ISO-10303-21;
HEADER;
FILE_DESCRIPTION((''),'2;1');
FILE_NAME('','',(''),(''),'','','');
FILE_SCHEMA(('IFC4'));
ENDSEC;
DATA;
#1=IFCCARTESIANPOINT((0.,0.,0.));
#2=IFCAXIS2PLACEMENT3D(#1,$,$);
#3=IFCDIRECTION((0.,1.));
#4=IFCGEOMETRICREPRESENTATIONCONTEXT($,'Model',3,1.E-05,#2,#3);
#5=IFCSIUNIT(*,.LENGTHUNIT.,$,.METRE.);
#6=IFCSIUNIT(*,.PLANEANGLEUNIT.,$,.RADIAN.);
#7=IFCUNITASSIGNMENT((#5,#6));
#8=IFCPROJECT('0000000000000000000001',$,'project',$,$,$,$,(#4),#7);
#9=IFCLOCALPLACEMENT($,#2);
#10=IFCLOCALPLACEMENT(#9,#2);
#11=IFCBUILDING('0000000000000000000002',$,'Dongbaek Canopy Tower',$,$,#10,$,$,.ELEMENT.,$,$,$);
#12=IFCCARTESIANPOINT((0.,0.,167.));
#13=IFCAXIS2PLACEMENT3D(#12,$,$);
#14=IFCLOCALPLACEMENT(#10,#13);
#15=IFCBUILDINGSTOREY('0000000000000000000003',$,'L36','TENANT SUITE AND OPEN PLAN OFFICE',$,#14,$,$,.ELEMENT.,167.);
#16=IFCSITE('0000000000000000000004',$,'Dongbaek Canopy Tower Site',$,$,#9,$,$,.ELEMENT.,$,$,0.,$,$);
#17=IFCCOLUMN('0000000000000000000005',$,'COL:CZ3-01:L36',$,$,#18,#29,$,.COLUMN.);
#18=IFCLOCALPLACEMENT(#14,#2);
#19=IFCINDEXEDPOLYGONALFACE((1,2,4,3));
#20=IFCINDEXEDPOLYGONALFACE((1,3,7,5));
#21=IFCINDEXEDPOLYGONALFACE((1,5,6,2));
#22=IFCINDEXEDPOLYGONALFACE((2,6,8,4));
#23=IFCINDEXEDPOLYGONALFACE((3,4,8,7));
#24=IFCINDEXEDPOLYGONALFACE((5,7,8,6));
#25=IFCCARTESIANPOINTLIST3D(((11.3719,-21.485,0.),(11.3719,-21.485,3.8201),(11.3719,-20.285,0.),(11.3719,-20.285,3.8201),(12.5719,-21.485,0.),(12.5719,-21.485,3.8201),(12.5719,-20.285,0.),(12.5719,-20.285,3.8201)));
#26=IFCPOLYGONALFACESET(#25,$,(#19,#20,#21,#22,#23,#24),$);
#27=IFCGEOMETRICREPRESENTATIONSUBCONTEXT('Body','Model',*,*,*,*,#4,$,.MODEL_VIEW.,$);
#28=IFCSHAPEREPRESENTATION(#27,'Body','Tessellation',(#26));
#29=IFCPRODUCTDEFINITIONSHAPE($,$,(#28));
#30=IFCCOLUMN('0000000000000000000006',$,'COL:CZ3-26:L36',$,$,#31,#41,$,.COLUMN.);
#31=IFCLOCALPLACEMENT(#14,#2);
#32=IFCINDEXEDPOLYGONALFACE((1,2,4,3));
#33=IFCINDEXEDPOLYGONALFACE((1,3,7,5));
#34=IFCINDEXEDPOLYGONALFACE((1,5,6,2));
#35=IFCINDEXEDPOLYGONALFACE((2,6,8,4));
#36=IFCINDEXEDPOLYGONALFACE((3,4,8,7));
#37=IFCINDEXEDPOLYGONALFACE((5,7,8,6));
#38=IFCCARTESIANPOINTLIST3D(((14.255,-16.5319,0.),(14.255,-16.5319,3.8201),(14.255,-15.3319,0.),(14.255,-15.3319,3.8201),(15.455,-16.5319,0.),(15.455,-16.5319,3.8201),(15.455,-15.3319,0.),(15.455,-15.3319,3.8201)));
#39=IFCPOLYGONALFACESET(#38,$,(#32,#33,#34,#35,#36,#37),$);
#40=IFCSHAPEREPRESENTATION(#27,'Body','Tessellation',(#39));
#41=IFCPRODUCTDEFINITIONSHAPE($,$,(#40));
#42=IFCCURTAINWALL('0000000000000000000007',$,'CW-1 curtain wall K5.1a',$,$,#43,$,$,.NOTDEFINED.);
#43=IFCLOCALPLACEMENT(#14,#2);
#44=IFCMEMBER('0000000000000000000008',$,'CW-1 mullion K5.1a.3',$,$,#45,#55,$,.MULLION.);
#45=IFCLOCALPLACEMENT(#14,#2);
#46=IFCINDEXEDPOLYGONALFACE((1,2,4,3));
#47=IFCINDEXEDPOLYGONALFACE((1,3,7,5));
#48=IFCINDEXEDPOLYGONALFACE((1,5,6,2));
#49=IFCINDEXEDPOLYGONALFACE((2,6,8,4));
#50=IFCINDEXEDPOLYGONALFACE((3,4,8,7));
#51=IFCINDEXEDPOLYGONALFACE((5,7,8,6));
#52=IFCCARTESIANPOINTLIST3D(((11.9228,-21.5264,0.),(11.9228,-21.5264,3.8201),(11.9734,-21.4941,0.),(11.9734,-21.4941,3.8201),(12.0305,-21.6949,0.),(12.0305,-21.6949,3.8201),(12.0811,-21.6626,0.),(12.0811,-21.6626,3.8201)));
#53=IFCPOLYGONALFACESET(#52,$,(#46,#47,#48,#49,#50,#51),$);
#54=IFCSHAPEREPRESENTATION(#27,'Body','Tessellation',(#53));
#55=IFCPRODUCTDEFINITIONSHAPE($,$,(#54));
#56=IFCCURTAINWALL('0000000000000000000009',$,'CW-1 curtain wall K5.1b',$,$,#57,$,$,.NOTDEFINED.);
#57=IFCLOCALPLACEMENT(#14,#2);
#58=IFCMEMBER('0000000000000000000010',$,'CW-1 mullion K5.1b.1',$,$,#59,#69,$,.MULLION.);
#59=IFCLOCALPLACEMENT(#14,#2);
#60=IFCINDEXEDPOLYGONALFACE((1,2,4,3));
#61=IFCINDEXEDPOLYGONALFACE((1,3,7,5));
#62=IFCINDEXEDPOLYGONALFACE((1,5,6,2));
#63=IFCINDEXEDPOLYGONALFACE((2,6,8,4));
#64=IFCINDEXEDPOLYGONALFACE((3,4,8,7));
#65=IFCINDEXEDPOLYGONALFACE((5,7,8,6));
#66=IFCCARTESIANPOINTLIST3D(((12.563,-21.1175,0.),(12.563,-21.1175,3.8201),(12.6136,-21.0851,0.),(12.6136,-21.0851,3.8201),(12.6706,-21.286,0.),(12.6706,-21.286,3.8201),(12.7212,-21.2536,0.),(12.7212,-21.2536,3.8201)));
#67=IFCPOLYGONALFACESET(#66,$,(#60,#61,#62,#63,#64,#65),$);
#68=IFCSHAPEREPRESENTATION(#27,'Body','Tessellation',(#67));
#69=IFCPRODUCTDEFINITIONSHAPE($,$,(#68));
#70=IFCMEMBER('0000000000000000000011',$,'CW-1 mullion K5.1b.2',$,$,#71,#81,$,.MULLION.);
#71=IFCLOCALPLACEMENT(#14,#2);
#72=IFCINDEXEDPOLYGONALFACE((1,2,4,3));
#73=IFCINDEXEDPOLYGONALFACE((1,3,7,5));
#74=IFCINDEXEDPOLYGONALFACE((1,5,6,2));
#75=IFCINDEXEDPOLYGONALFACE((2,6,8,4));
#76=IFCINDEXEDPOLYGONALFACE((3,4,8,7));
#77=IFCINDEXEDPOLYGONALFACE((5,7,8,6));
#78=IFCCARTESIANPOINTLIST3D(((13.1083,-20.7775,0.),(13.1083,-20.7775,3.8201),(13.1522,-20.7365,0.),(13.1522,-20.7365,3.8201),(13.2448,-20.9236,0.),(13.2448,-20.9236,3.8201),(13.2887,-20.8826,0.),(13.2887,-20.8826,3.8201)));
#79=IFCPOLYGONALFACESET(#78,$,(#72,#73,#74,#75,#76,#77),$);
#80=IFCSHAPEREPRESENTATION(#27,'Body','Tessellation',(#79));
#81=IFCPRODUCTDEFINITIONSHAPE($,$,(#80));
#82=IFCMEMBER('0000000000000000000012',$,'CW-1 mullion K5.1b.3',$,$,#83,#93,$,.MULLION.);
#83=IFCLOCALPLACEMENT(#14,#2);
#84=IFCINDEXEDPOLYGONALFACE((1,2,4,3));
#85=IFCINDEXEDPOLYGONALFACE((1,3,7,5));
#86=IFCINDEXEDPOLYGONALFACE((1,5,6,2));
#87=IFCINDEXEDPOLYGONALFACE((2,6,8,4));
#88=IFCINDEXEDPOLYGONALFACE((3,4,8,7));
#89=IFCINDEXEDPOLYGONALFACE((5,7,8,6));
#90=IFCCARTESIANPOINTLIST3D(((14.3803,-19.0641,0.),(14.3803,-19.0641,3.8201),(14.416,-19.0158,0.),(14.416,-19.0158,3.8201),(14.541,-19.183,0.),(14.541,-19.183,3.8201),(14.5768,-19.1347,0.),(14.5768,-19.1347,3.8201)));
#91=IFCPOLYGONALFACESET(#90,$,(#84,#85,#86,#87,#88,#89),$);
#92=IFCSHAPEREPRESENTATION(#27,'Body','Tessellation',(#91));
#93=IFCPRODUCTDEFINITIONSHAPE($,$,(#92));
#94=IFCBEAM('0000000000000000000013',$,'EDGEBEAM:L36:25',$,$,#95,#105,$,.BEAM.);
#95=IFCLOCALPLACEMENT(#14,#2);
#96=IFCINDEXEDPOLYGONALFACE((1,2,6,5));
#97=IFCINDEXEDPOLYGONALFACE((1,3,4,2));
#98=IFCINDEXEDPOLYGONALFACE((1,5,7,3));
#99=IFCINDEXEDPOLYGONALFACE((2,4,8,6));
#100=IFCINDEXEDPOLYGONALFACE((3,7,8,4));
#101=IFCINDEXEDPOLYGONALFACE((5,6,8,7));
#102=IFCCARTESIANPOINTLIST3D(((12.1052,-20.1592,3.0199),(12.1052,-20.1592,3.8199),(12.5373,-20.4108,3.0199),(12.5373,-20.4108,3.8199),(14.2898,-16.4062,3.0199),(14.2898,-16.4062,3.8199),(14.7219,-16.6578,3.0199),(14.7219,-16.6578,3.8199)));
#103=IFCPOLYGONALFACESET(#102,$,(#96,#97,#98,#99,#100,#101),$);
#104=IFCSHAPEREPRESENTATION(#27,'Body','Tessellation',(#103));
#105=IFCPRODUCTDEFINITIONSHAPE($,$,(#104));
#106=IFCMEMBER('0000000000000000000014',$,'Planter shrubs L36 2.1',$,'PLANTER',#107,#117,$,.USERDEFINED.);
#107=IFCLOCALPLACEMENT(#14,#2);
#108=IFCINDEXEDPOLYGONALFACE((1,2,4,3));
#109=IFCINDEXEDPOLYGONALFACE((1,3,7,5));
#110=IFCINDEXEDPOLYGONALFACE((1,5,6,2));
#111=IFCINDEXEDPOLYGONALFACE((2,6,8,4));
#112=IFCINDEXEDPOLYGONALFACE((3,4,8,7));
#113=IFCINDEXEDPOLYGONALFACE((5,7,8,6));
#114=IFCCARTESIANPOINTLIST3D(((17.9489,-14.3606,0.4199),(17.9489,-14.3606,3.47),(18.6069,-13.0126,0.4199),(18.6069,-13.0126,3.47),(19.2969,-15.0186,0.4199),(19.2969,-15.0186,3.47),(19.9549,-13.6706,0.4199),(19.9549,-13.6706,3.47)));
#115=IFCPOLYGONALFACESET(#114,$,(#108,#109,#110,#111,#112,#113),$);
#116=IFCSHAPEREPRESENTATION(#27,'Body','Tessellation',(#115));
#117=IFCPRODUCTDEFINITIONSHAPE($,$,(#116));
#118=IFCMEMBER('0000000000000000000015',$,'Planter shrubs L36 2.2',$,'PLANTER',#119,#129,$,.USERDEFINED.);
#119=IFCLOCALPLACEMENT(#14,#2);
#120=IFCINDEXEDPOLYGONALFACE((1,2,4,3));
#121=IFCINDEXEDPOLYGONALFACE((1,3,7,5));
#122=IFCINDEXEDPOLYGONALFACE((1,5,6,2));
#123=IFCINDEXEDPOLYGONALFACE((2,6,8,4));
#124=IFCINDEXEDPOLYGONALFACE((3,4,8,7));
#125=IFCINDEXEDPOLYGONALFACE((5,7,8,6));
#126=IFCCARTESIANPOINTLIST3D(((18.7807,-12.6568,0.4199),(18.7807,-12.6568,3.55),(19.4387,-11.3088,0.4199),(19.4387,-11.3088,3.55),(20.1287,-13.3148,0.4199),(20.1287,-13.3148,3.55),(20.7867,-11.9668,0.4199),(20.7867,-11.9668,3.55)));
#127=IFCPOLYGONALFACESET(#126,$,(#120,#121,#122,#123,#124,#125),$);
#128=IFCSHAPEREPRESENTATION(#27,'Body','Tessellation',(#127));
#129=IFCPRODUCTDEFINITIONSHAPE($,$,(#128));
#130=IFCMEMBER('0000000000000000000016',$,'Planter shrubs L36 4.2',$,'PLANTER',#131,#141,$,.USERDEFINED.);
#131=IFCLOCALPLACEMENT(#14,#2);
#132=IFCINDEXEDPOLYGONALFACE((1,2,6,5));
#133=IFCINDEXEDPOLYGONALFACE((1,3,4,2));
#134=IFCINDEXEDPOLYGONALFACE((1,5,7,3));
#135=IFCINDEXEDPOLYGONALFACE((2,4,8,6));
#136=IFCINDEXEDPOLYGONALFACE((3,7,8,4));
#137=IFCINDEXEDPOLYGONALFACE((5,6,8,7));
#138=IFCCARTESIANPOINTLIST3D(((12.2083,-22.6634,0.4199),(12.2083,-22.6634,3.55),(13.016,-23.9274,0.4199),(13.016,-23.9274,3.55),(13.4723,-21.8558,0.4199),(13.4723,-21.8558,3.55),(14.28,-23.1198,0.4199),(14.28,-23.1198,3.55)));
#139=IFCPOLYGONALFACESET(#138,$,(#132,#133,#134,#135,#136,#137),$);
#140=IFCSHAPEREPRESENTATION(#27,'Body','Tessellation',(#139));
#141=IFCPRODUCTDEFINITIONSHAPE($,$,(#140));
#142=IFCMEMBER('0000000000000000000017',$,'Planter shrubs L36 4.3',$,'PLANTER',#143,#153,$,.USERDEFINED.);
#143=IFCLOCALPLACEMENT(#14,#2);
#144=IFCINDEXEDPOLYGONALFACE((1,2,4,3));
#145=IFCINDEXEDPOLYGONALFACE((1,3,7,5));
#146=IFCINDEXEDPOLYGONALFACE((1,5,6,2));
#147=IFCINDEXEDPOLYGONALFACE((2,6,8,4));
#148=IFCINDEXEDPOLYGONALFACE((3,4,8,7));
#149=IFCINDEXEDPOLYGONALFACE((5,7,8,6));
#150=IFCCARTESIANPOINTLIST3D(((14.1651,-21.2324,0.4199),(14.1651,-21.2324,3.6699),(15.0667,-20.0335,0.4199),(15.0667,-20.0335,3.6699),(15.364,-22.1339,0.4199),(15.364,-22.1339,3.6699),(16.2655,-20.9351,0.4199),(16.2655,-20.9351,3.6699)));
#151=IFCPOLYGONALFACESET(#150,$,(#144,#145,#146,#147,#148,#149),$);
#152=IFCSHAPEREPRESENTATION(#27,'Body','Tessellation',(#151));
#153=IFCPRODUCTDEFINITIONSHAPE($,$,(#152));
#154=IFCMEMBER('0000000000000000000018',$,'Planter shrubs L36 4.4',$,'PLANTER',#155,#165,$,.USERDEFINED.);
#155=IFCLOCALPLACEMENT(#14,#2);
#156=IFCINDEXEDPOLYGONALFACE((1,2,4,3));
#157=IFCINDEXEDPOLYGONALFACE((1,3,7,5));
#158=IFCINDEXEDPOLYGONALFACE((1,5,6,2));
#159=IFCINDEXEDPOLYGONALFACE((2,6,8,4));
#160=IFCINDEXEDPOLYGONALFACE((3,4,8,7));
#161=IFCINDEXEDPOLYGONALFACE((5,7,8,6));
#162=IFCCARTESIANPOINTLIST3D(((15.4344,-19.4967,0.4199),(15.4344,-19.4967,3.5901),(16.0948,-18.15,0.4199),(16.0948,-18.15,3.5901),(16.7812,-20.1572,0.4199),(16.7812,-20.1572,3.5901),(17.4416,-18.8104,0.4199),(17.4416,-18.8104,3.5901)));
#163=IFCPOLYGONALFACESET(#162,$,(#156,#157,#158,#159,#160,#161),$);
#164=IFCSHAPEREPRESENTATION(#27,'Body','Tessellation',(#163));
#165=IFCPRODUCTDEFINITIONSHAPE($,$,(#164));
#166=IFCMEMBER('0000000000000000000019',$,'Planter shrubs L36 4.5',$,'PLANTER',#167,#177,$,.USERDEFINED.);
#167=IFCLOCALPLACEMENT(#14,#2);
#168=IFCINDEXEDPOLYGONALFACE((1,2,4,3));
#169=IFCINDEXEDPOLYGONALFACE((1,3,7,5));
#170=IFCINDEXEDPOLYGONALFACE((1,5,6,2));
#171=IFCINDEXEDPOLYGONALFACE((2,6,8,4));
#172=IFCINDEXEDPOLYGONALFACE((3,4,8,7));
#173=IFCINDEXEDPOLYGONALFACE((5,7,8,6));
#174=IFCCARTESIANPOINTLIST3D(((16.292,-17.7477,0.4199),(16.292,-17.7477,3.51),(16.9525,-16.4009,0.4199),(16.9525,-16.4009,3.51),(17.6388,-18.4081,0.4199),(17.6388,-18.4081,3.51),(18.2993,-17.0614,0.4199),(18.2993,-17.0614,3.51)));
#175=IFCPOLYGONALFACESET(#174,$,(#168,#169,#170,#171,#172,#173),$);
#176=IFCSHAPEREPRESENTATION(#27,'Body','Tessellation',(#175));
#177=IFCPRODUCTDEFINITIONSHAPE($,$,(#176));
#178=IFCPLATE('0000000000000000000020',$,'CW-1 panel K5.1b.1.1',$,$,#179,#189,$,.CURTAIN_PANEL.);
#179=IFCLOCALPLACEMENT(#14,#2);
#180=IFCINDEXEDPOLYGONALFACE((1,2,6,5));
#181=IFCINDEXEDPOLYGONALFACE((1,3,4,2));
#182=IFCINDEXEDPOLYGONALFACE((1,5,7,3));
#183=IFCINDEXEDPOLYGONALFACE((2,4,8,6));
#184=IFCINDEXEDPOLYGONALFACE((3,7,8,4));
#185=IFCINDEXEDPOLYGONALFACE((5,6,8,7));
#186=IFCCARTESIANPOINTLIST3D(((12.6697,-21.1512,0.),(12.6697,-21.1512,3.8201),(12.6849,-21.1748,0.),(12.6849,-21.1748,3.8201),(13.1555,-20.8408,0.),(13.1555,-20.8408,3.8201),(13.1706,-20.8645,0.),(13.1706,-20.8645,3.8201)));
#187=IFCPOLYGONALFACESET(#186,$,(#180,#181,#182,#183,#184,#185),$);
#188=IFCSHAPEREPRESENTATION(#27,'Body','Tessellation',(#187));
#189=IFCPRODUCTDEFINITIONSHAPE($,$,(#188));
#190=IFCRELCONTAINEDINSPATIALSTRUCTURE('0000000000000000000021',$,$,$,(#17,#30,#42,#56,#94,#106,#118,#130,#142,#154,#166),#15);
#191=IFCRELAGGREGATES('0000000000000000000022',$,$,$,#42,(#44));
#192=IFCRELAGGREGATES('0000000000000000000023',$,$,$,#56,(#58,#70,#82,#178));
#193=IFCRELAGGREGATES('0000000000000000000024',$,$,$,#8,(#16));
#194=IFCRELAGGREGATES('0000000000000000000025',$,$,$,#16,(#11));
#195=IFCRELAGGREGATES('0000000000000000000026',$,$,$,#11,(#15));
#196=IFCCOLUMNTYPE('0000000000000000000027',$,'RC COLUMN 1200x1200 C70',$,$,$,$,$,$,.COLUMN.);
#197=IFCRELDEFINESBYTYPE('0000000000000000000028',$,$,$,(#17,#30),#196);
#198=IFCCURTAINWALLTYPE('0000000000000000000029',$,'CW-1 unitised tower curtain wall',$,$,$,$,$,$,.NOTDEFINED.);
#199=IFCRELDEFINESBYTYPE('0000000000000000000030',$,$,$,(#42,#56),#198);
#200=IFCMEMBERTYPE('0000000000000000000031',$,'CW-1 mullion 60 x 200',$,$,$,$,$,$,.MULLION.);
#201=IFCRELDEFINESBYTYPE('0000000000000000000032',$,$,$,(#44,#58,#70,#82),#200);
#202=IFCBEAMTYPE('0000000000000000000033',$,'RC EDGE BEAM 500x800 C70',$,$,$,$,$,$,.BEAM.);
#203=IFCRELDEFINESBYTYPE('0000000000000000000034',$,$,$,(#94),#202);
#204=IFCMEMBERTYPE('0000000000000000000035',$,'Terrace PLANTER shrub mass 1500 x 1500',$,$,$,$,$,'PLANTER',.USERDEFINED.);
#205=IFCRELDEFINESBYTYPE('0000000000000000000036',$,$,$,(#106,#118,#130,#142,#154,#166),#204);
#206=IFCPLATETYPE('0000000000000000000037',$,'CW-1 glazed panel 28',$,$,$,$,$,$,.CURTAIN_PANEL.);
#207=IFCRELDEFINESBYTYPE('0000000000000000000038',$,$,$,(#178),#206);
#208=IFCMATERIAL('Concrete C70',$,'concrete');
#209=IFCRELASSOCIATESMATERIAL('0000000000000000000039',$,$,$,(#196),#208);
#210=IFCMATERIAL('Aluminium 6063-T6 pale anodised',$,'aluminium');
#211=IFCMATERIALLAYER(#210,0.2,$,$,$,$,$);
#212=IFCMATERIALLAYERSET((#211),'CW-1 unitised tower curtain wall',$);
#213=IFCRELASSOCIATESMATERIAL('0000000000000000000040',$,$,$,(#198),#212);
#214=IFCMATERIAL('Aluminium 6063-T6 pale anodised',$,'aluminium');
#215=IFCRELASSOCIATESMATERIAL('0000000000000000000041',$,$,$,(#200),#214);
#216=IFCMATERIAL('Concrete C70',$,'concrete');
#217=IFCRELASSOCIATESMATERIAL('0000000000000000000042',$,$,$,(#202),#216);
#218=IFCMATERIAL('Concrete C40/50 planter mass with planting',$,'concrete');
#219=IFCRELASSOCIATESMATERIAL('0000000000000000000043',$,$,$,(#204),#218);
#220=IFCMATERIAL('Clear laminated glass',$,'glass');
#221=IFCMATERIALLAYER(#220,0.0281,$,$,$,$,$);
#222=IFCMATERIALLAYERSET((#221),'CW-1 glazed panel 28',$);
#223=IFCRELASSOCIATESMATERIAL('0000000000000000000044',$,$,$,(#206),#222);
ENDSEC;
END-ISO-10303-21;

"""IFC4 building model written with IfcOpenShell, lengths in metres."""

from ifc_helpers import new_model, si_unit, direction, frame, origin, origin_2d, place, context, subcontext, project, spatial, rectangle, extrude, material, layer, layer_set, material_profile, profile_set, type_object, element, aggregate, save


model = new_model("IFC4")

# Units and contexts
model_context = context("Model", 3, precision=1e-05, world=origin(), true_north=direction((0.0, 1.0)))
body_context = subcontext(model_context, "Body", "Model", "MODEL_VIEW")
ifc_project = project(units=[si_unit("LENGTHUNIT", "METRE"), si_unit("PLANEANGLEUNIT", "RADIAN")], contexts=[model_context])

# Site, building, storey
site_placement = place(None, origin())
site = spatial("IfcSite", under=ifc_project, at=site_placement, Name="Dongbaek Canopy Tower Site", CompositionType="ELEMENT", RefElevation=0.0)
building_placement = place(site_placement, origin())
building = spatial("IfcBuilding", under=site, at=building_placement, Name="Dongbaek Canopy Tower", CompositionType="ELEMENT")
storey_placement = place(building_placement, frame((0.0, 0.0, 167.0)))
storey = spatial("IfcBuildingStorey", under=building, at=storey_placement, Name="L36", Description="TENANT SUITE AND OPEN PLAN OFFICE", CompositionType="ELEMENT", Elevation=167.0)

# Columns
ifc_material_1 = material(Name="Concrete C70", Category="concrete")
ifc_material_profile_1 = material_profile(ifc_material_1, rectangle(XDim=1.2, YDim=1.2, at=origin_2d()), Name="RC COLUMN 1200x1200 C70")
ifc_profile_set_1 = profile_set([ifc_material_profile_1], Name="Concrete C70")
column_type = type_object("IfcColumnType", Name="RC COLUMN 1200x1200 C70", PredefinedType="COLUMN", material=ifc_profile_set_1)
for number, where, z_axis, x_axis, name in (
    (1, (11.9719, -20.885, 0.0), (0.0, 0.0, 1.0), (1.0, 0.0, 0.0), "COL:CZ3-01:L36"),
    (2, (14.855, -15.9319, 0.0), (0.0, 0.0, 1.0), (1.0, 0.0, 0.0), "COL:CZ3-26:L36"),
):
    element("IfcColumn", number, at=place(storey_placement, frame(where, z_axis=z_axis, x_axis=x_axis)), inside=storey, type_object=column_type, Name=name, PredefinedType="COLUMN", context=body_context, shape_type="SweptSolid", body=[
        extrude(rectangle(XDim=1.2, YDim=1.2, at=origin_2d()), origin(), (0.0, 0.0, 1.0), 3.8201),
    ])

# Curtain wall, member
ifc_material_2 = material(Name="Aluminium 6063-T6 pale anodised", Category="aluminium")
ifc_layer_1 = layer(ifc_material_2, 0.2)
ifc_layer_set_1 = layer_set([ifc_layer_1], Name="CW-1 unitised tower curtain wall")
curtain_wall_type = type_object("IfcCurtainWallType", Name="CW-1 unitised tower curtain wall", PredefinedType="NOTDEFINED", material=ifc_layer_set_1)
curtain_wall_1_placement = place(storey_placement, origin())
curtain_wall_1 = element("IfcCurtainWall", 3, at=curtain_wall_1_placement, inside=storey, type_object=curtain_wall_type, Name="CW-1 curtain wall K5.1a", PredefinedType="NOTDEFINED")
ifc_material_3 = material(Name="Aluminium 6063-T6 pale anodised", Category="aluminium")
ifc_material_profile_2 = material_profile(ifc_material_3, rectangle(XDim=0.2, YDim=0.0601, at=origin_2d()), Name="CW-1 mullion 60 x 200")
ifc_profile_set_2 = profile_set([ifc_material_profile_2], Name="Aluminium 6063-T6 pale anodised")
member_type_1 = type_object("IfcMemberType", Name="CW-1 mullion 60 x 200", PredefinedType="MULLION", material=ifc_profile_set_2)
member_1_placement = place(storey_placement, frame((12.002, -21.5945, 0.0), z_axis=(0.0, 0.0, 1.0), x_axis=(0.538453, -0.842656, 0.0)))
member_1 = element("IfcMember", 4, at=member_1_placement, type_object=member_type_1, Name="CW-1 mullion K5.1a.3", PredefinedType="MULLION", context=body_context, shape_type="SweptSolid", body=[
    extrude(rectangle(XDim=0.2, YDim=0.0601, at=origin_2d()), origin(), (0.0, 0.0, 1.0), 3.8201),
])
aggregate(curtain_wall_1, [member_1])

# Curtain wall, members
curtain_wall_2_placement = place(storey_placement, origin())
curtain_wall_2 = element("IfcCurtainWall", 5, at=curtain_wall_2_placement, inside=storey, type_object=curtain_wall_type, Name="CW-1 curtain wall K5.1b", PredefinedType="NOTDEFINED")
member_2_placement = place(storey_placement, frame((12.6421, -21.1855, 0.0), z_axis=(0.0, 0.0, 1.0), x_axis=(0.538453, -0.842656, 0.0)))
member_2 = element("IfcMember", 6, at=member_2_placement, type_object=member_type_1, Name="CW-1 mullion K5.1b.1", PredefinedType="MULLION", context=body_context, shape_type="SweptSolid", body=[
    extrude(rectangle(XDim=0.2, YDim=0.0601, at=origin_2d()), origin(), (0.0, 0.0, 1.0), 3.8201),
])
member_3_placement = place(storey_placement, frame((13.1985, -20.8301, 0.0), z_axis=(0.0, 0.0, 1.0), x_axis=(0.682586, -0.730806, 0.0)))
member_3 = element("IfcMember", 7, at=member_3_placement, type_object=member_type_1, Name="CW-1 mullion K5.1b.2", PredefinedType="MULLION", context=body_context, shape_type="SweptSolid", body=[
    extrude(rectangle(XDim=0.2, YDim=0.0601, at=origin_2d()), origin(), (0.0, 0.0, 1.0), 3.8201),
])
member_4_placement = place(storey_placement, frame((14.4785, -19.0994, 0.0), z_axis=(0.0, 0.0, 1.0), x_axis=(0.803999, -0.594631, 0.0)))
member_4 = element("IfcMember", 8, at=member_4_placement, type_object=member_type_1, Name="CW-1 mullion K5.1b.3", PredefinedType="MULLION", context=body_context, shape_type="SweptSolid", body=[
    extrude(rectangle(XDim=0.2, YDim=0.0601, at=origin_2d()), origin(), (0.0, 0.0, 1.0), 3.8201),
])

# Beam
ifc_material_4 = material(Name="Concrete C70", Category="concrete")
ifc_material_profile_3 = material_profile(ifc_material_4, rectangle(XDim=0.5, YDim=0.8, at=origin_2d()), Name="RC EDGE BEAM 500x800 C70")
ifc_profile_set_3 = profile_set([ifc_material_profile_3], Name="Concrete C70")
beam_type = type_object("IfcBeamType", Name="RC EDGE BEAM 500x800 C70", PredefinedType="BEAM", material=ifc_profile_set_3)
beam_placement = place(storey_placement, frame((14.5059, -16.532, 3.4199), z_axis=(-0.503074, -0.864243, 0.0), x_axis=(0.864243, -0.503074, 0.0)))
element("IfcBeam", 9, at=beam_placement, inside=storey, type_object=beam_type, Name="EDGEBEAM:L36:25", PredefinedType="BEAM", context=body_context, shape_type="SweptSolid", body=[
    extrude(rectangle(XDim=0.5, YDim=0.8, at=origin_2d()), origin(), (0.0, 0.0, 1.0), 4.3425),
])

# Members
ifc_material_5 = material(Name="Concrete C40/50 planter mass with planting", Category="concrete")
ifc_material_profile_4 = material_profile(ifc_material_5, rectangle(XDim=1.5, YDim=1.5, at=origin_2d()), Name="Terrace PLANTER shrub mass 1500 x 1500")
ifc_profile_set_4 = profile_set([ifc_material_profile_4], Name="Concrete C40/50 planter mass with planting")
member_type_2 = type_object("IfcMemberType", Name="Terrace PLANTER shrub mass 1500 x 1500", ElementType="PLANTER", PredefinedType="USERDEFINED", material=ifc_profile_set_4)
member_5_placement = place(storey_placement, frame((18.9519, -14.0156, 0.4199), z_axis=(0.0, 0.0, 1.0), x_axis=(0.898651, -0.438665, 0.0)))
element("IfcMember", 10, at=member_5_placement, inside=storey, type_object=member_type_2, Name="Planter shrubs L36 2.1", ObjectType="PLANTER", PredefinedType="USERDEFINED", context=body_context, shape_type="SweptSolid", body=[
    extrude(rectangle(XDim=1.5, YDim=1.5, at=origin_2d()), origin(), (0.0, 0.0, 1.0), 3.05),
])
for number, where, z_axis, x_axis, name in (
    (11, (19.7837, -12.3118, 0.4199), (0.0, 0.0, 1.0), (0.898651, -0.438665, 0.0), "Planter shrubs L36 2.2"),
    (12, (13.2441, -22.8916, 0.4199), (0.0, 0.0, 1.0), (0.538453, -0.842656, 0.0), "Planter shrubs L36 4.2"),
):
    element("IfcMember", number, at=place(storey_placement, frame(where, z_axis=z_axis, x_axis=x_axis)), inside=storey, type_object=member_type_2, Name=name, ObjectType="PLANTER", PredefinedType="USERDEFINED", context=body_context, shape_type="SweptSolid", body=[
        extrude(rectangle(XDim=1.5, YDim=1.5, at=origin_2d()), origin(), (0.0, 0.0, 1.0), 3.1301),
    ])
member_6_placement = place(storey_placement, frame((15.2153, -21.0837, 0.4199), z_axis=(0.0, 0.0, 1.0), x_axis=(0.799228, -0.601028, 0.0)))
element("IfcMember", 13, at=member_6_placement, inside=storey, type_object=member_type_2, Name="Planter shrubs L36 4.3", ObjectType="PLANTER", PredefinedType="USERDEFINED", context=body_context, shape_type="SweptSolid", body=[
    extrude(rectangle(XDim=1.5, YDim=1.5, at=origin_2d()), origin(), (0.0, 0.0, 1.0), 3.25),
])
member_7_placement = place(storey_placement, frame((16.438, -19.1536, 0.4199), z_axis=(0.0, 0.0, 1.0), x_axis=(0.897856, -0.440289, 0.0)))
element("IfcMember", 14, at=member_7_placement, inside=storey, type_object=member_type_2, Name="Planter shrubs L36 4.4", ObjectType="PLANTER", PredefinedType="USERDEFINED", context=body_context, shape_type="SweptSolid", body=[
    extrude(rectangle(XDim=1.5, YDim=1.5, at=origin_2d()), origin(), (0.0, 0.0, 1.0), 3.1702),
])
member_8_placement = place(storey_placement, frame((17.2957, -17.4045, 0.4199), z_axis=(0.0, 0.0, 1.0), x_axis=(0.897856, -0.440289, 0.0)))
element("IfcMember", 15, at=member_8_placement, inside=storey, type_object=member_type_2, Name="Planter shrubs L36 4.5", ObjectType="PLANTER", PredefinedType="USERDEFINED", context=body_context, shape_type="SweptSolid", body=[
    extrude(rectangle(XDim=1.5, YDim=1.5, at=origin_2d()), origin(), (0.0, 0.0, 1.0), 3.0901),
])

# Plate
ifc_material_6 = material(Name="Clear laminated glass", Category="glass")
ifc_layer_2 = layer(ifc_material_6, 0.0281)
ifc_layer_set_2 = layer_set([ifc_layer_2], Name="CW-1 glazed panel 28")
plate_type = type_object("IfcPlateType", Name="CW-1 glazed panel 28", PredefinedType="CURTAIN_PANEL", material=ifc_layer_set_2)
plate_1_placement = place(storey_placement, frame((12.9202, -21.0078, 0.0), z_axis=(0.0, 0.0, 1.0), x_axis=(0.842656, 0.538453, 0.0)))
plate_1 = element("IfcPlate", 16, at=plate_1_placement, type_object=plate_type, Name="CW-1 panel K5.1b.1.1", PredefinedType="CURTAIN_PANEL", context=body_context, shape_type="SweptSolid", body=[
    extrude(rectangle(XDim=0.5764, YDim=0.0281, at=origin_2d()), origin(), (0.0, 0.0, 1.0), 3.8201),
])
aggregate(curtain_wall_2, [member_2, member_3, member_4, plate_1])

save(model, "model.ifc")
